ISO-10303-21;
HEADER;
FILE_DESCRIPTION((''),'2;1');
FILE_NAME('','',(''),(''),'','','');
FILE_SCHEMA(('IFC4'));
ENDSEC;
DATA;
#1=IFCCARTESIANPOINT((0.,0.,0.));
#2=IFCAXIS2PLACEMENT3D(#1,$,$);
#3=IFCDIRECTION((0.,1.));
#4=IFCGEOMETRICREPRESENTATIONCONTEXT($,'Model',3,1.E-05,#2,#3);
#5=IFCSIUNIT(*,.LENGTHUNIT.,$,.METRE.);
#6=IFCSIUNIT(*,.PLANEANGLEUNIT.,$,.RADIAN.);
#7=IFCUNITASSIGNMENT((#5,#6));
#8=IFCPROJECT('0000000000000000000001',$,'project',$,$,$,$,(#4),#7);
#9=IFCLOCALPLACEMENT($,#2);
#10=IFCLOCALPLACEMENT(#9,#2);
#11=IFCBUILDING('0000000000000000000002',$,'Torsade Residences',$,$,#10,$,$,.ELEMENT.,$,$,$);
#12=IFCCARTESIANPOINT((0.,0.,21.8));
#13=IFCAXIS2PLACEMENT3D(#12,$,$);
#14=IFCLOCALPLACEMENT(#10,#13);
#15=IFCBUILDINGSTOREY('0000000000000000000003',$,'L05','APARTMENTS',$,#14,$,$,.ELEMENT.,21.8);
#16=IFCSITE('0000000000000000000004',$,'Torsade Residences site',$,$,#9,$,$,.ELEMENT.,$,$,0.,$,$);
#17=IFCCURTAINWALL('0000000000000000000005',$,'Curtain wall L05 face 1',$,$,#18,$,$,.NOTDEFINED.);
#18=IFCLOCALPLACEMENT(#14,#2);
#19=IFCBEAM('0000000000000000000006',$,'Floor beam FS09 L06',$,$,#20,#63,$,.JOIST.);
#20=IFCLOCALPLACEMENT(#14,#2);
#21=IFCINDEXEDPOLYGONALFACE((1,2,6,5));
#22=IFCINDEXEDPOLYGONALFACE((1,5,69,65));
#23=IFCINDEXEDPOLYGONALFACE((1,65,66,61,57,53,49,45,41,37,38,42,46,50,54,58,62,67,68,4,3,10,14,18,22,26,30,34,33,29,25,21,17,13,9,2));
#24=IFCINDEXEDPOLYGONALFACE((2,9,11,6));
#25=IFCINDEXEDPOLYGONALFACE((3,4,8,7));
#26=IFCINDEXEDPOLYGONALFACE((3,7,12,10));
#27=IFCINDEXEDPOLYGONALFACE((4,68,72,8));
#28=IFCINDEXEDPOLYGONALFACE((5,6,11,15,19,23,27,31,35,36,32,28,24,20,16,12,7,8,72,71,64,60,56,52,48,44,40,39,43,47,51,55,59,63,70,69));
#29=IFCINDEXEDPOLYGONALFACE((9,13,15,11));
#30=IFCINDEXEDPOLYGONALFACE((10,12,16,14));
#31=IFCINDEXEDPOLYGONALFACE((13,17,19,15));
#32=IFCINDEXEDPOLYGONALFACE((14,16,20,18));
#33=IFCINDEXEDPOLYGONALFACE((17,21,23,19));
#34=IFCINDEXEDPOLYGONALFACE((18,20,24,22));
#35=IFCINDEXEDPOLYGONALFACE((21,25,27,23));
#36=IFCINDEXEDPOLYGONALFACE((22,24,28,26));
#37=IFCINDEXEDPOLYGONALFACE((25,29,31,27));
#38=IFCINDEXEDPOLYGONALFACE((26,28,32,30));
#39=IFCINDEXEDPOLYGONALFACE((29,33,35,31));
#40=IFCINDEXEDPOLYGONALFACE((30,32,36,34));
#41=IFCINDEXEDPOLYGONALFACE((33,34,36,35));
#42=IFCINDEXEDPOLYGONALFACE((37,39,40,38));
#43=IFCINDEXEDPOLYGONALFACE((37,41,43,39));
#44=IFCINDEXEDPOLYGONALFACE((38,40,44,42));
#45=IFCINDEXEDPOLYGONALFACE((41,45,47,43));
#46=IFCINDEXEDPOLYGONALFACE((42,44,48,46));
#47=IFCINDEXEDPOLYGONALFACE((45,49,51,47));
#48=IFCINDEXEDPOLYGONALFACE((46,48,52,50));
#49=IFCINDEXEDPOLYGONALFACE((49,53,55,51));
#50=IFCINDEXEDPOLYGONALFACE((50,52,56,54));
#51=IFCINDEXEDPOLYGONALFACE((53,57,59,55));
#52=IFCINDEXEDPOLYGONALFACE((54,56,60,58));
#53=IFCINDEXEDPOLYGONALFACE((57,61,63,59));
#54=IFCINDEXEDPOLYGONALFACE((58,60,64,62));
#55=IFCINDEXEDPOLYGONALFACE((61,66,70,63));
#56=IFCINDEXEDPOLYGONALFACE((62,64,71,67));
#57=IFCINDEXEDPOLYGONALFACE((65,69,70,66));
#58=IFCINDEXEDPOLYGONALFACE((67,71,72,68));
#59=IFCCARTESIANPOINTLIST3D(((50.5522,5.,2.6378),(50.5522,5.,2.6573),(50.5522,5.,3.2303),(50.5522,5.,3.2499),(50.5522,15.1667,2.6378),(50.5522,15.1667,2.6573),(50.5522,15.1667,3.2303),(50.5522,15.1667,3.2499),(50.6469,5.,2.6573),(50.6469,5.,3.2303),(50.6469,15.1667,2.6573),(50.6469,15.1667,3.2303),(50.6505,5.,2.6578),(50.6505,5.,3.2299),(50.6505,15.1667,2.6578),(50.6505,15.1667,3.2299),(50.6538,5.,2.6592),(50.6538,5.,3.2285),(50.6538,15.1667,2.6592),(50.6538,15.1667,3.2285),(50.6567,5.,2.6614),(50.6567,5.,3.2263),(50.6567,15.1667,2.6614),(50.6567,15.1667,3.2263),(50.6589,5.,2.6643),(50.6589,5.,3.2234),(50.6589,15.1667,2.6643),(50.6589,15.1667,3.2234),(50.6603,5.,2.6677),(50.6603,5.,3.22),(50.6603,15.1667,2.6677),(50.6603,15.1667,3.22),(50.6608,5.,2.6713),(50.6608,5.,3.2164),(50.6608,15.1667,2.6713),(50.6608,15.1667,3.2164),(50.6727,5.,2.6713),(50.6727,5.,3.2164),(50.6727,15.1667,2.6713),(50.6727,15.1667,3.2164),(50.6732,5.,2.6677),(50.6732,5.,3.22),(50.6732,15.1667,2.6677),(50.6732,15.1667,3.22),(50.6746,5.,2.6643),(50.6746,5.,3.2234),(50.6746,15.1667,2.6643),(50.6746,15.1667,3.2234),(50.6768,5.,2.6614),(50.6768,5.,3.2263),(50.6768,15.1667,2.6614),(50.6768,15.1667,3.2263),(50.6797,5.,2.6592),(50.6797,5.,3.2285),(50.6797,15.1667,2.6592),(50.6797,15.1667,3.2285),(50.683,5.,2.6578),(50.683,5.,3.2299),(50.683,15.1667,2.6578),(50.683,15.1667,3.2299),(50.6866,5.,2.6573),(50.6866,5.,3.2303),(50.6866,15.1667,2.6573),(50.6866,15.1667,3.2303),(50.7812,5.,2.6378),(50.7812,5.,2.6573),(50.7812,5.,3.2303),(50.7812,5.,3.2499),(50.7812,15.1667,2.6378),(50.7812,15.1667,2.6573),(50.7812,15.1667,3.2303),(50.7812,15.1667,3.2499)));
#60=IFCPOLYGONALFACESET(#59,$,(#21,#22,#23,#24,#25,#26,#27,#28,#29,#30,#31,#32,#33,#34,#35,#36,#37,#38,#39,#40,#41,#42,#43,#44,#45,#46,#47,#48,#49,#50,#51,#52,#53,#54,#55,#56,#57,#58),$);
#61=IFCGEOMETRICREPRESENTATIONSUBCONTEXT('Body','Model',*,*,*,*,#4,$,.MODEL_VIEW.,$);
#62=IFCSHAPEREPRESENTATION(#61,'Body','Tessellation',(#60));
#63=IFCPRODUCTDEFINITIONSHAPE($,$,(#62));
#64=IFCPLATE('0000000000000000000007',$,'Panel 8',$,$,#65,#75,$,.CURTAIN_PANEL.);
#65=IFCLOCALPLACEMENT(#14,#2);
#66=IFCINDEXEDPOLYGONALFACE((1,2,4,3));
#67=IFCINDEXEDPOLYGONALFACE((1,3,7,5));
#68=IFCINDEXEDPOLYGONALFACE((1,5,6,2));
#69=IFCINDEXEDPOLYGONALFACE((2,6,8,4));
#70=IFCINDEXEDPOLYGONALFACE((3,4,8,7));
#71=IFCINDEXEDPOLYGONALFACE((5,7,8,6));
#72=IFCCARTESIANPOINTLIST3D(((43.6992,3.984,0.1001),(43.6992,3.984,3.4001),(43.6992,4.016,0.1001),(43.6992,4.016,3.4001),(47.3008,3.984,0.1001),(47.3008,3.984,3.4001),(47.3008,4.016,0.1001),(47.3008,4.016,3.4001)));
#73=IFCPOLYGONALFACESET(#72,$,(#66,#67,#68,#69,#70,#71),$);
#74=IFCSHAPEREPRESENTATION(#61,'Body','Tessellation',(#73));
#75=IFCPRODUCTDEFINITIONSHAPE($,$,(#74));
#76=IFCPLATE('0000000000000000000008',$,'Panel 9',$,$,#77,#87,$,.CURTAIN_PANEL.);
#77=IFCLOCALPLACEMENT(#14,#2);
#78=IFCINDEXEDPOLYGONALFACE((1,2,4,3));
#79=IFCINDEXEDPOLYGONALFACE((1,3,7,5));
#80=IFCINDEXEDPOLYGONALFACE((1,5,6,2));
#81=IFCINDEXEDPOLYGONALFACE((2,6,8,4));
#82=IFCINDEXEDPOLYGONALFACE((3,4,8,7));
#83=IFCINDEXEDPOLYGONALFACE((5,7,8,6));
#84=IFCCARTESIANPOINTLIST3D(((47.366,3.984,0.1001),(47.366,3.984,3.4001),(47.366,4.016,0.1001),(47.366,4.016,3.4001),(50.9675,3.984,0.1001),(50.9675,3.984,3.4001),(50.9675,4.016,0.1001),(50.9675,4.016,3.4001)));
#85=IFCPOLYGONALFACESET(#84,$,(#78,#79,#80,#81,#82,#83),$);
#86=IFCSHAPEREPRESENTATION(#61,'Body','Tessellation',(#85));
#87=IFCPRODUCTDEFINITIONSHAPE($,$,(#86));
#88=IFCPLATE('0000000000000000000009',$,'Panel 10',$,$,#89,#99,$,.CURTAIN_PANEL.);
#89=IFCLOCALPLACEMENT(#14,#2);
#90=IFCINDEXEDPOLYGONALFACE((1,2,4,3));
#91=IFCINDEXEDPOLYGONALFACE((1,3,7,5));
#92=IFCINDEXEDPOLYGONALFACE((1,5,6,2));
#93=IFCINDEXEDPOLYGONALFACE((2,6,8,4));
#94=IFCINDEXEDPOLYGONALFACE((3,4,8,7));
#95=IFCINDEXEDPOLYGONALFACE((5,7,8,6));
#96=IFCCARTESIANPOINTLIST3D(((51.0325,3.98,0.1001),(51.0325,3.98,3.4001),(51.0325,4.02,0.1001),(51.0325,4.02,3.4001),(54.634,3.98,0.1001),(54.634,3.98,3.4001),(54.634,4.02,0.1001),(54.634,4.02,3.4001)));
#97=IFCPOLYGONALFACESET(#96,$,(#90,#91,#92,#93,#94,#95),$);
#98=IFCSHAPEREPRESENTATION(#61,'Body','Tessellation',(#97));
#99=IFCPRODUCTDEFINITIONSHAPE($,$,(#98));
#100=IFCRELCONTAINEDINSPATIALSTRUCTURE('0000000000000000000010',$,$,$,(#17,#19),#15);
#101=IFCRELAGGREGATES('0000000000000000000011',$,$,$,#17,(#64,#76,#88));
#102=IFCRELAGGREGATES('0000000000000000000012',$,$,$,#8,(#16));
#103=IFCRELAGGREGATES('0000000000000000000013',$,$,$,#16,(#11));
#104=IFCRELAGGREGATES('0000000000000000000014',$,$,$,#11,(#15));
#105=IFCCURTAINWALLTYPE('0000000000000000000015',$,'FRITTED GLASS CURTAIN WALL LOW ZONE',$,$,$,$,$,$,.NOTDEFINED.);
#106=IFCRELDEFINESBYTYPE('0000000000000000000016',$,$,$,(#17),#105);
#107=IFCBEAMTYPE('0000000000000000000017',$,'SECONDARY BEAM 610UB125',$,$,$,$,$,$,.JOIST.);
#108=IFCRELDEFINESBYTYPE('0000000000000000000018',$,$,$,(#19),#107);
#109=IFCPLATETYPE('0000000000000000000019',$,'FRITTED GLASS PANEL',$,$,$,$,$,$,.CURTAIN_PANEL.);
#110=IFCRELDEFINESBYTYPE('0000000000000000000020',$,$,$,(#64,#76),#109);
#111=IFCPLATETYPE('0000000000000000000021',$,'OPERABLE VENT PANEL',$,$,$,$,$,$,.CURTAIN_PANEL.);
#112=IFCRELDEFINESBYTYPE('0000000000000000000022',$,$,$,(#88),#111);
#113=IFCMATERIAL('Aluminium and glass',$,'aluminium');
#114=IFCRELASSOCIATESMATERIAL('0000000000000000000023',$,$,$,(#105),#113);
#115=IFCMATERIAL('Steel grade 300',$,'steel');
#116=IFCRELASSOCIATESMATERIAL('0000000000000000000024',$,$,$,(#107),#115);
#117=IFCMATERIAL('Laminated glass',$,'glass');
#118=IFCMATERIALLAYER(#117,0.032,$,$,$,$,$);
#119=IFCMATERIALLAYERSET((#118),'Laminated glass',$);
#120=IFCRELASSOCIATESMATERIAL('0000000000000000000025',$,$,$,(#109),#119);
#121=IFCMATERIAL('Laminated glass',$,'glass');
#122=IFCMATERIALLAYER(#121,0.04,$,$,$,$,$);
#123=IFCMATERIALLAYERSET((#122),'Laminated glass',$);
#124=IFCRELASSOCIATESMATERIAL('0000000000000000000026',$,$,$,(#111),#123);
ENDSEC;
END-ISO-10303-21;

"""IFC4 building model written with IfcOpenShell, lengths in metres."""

from ifc_helpers import new_model, si_unit, direction, frame, origin, origin_2d, place, context, subcontext, project, spatial, rectangle, i_section, extrude, material, layer, layer_set, material_profile, profile_set, type_object, element, aggregate, save


model = new_model("IFC4")

# Units and contexts
model_context = context("Model", 3, precision=1e-05, world=origin(), true_north=direction((0.0, 1.0)))
body_context = subcontext(model_context, "Body", "Model", "MODEL_VIEW")
ifc_project = project(units=[si_unit("LENGTHUNIT", "METRE"), si_unit("PLANEANGLEUNIT", "RADIAN")], contexts=[model_context])

# Site, building, storey
site_placement = place(None, origin())
site = spatial("IfcSite", under=ifc_project, at=site_placement, Name="Torsade Residences site", CompositionType="ELEMENT", RefElevation=0.0)
building_placement = place(site_placement, origin())
building = spatial("IfcBuilding", under=site, at=building_placement, Name="Torsade Residences", CompositionType="ELEMENT")
storey_placement = place(building_placement, frame((0.0, 0.0, 21.8)))
storey = spatial("IfcBuildingStorey", under=building, at=storey_placement, Name="L05", Description="APARTMENTS", CompositionType="ELEMENT", Elevation=21.8)

# Curtain wall
ifc_material_1 = material(Name="Aluminium and glass", Category="aluminium")
curtain_wall_type = type_object("IfcCurtainWallType", Name="FRITTED GLASS CURTAIN WALL LOW ZONE", PredefinedType="NOTDEFINED", material=ifc_material_1)
curtain_wall_placement = place(storey_placement, origin())
curtain_wall = element("IfcCurtainWall", 1, at=curtain_wall_placement, inside=storey, type_object=curtain_wall_type, Name="Curtain wall L05 face 1", PredefinedType="NOTDEFINED")

# Beam
ifc_material_2 = material(Name="Steel grade 300", Category="steel")
ifc_material_profile_1 = material_profile(ifc_material_2, i_section(OverallWidth=0.229, OverallDepth=0.6121, WebThickness=0.012, FlangeThickness=0.0195, FilletRadius=0.0139, at=origin_2d()), Name="610UB125")
ifc_profile_set_1 = profile_set([ifc_material_profile_1], Name="Steel grade 300")
beam_type_1 = type_object("IfcBeamType", Name="SECONDARY BEAM 610UB125", PredefinedType="JOIST", material=ifc_profile_set_1)
beam_1_placement = place(storey_placement, frame((50.6667, 5.0, 2.9438), z_axis=(0.0, 1.0, 0.0), x_axis=(-1.0, 0.0, 0.0)))
element("IfcBeam", 2, at=beam_1_placement, inside=storey, type_object=beam_type_1, Name="Floor beam FS09 L06", PredefinedType="JOIST", context=body_context, shape_type="SweptSolid", body=[
    extrude(i_section(OverallWidth=0.229, OverallDepth=0.6121, WebThickness=0.012, FlangeThickness=0.0195, FilletRadius=0.0139, at=origin_2d()), origin(), (0.0, 0.0, 1.0), 10.1667),
])

# Plates
ifc_material_3 = material(Name="Laminated glass", Category="glass")
ifc_layer_1 = layer(ifc_material_3, 0.032)
ifc_layer_set_1 = layer_set([ifc_layer_1], Name="Laminated glass")
plate_type_1 = type_object("IfcPlateType", Name="FRITTED GLASS PANEL", PredefinedType="CURTAIN_PANEL", material=ifc_layer_set_1)
plate_1_placement = place(storey_placement, frame((45.5, 4.0, 0.1001), z_axis=(0.0, 0.0, 1.0), x_axis=(1.0, 0.0, 0.0)))
plate_1 = element("IfcPlate", 3, at=plate_1_placement, type_object=plate_type_1, Name="Panel 8", PredefinedType="CURTAIN_PANEL", context=body_context, shape_type="SweptSolid", body=[
    extrude(rectangle(XDim=3.6016, YDim=0.032, at=origin_2d()), origin(), (0.0, 0.0, 1.0), 3.3),
])
plate_2_placement = place(storey_placement, frame((49.1667, 4.0, 0.1001), z_axis=(0.0, 0.0, 1.0), x_axis=(1.0, 0.0, 0.0)))
plate_2 = element("IfcPlate", 4, at=plate_2_placement, type_object=plate_type_1, Name="Panel 9", PredefinedType="CURTAIN_PANEL", context=body_context, shape_type="SweptSolid", body=[
    extrude(rectangle(XDim=3.6016, YDim=0.032, at=origin_2d()), origin(), (0.0, 0.0, 1.0), 3.3),
])
ifc_material_4 = material(Name="Laminated glass", Category="glass")
ifc_layer_2 = layer(ifc_material_4, 0.04)
ifc_layer_set_2 = layer_set([ifc_layer_2], Name="Laminated glass")
plate_type_2 = type_object("IfcPlateType", Name="OPERABLE VENT PANEL", PredefinedType="CURTAIN_PANEL", material=ifc_layer_set_2)
plate_3_placement = place(storey_placement, frame((52.8333, 4.0, 0.1001), z_axis=(0.0, 0.0, 1.0), x_axis=(1.0, 0.0, 0.0)))
plate_3 = element("IfcPlate", 5, at=plate_3_placement, type_object=plate_type_2, Name="Panel 10", PredefinedType="CURTAIN_PANEL", context=body_context, shape_type="SweptSolid", body=[
    extrude(rectangle(XDim=3.6016, YDim=0.04, at=origin_2d()), origin(), (0.0, 0.0, 1.0), 3.3),
])
aggregate(curtain_wall, [plate_1, plate_2, plate_3])

save(model, "model.ifc")
